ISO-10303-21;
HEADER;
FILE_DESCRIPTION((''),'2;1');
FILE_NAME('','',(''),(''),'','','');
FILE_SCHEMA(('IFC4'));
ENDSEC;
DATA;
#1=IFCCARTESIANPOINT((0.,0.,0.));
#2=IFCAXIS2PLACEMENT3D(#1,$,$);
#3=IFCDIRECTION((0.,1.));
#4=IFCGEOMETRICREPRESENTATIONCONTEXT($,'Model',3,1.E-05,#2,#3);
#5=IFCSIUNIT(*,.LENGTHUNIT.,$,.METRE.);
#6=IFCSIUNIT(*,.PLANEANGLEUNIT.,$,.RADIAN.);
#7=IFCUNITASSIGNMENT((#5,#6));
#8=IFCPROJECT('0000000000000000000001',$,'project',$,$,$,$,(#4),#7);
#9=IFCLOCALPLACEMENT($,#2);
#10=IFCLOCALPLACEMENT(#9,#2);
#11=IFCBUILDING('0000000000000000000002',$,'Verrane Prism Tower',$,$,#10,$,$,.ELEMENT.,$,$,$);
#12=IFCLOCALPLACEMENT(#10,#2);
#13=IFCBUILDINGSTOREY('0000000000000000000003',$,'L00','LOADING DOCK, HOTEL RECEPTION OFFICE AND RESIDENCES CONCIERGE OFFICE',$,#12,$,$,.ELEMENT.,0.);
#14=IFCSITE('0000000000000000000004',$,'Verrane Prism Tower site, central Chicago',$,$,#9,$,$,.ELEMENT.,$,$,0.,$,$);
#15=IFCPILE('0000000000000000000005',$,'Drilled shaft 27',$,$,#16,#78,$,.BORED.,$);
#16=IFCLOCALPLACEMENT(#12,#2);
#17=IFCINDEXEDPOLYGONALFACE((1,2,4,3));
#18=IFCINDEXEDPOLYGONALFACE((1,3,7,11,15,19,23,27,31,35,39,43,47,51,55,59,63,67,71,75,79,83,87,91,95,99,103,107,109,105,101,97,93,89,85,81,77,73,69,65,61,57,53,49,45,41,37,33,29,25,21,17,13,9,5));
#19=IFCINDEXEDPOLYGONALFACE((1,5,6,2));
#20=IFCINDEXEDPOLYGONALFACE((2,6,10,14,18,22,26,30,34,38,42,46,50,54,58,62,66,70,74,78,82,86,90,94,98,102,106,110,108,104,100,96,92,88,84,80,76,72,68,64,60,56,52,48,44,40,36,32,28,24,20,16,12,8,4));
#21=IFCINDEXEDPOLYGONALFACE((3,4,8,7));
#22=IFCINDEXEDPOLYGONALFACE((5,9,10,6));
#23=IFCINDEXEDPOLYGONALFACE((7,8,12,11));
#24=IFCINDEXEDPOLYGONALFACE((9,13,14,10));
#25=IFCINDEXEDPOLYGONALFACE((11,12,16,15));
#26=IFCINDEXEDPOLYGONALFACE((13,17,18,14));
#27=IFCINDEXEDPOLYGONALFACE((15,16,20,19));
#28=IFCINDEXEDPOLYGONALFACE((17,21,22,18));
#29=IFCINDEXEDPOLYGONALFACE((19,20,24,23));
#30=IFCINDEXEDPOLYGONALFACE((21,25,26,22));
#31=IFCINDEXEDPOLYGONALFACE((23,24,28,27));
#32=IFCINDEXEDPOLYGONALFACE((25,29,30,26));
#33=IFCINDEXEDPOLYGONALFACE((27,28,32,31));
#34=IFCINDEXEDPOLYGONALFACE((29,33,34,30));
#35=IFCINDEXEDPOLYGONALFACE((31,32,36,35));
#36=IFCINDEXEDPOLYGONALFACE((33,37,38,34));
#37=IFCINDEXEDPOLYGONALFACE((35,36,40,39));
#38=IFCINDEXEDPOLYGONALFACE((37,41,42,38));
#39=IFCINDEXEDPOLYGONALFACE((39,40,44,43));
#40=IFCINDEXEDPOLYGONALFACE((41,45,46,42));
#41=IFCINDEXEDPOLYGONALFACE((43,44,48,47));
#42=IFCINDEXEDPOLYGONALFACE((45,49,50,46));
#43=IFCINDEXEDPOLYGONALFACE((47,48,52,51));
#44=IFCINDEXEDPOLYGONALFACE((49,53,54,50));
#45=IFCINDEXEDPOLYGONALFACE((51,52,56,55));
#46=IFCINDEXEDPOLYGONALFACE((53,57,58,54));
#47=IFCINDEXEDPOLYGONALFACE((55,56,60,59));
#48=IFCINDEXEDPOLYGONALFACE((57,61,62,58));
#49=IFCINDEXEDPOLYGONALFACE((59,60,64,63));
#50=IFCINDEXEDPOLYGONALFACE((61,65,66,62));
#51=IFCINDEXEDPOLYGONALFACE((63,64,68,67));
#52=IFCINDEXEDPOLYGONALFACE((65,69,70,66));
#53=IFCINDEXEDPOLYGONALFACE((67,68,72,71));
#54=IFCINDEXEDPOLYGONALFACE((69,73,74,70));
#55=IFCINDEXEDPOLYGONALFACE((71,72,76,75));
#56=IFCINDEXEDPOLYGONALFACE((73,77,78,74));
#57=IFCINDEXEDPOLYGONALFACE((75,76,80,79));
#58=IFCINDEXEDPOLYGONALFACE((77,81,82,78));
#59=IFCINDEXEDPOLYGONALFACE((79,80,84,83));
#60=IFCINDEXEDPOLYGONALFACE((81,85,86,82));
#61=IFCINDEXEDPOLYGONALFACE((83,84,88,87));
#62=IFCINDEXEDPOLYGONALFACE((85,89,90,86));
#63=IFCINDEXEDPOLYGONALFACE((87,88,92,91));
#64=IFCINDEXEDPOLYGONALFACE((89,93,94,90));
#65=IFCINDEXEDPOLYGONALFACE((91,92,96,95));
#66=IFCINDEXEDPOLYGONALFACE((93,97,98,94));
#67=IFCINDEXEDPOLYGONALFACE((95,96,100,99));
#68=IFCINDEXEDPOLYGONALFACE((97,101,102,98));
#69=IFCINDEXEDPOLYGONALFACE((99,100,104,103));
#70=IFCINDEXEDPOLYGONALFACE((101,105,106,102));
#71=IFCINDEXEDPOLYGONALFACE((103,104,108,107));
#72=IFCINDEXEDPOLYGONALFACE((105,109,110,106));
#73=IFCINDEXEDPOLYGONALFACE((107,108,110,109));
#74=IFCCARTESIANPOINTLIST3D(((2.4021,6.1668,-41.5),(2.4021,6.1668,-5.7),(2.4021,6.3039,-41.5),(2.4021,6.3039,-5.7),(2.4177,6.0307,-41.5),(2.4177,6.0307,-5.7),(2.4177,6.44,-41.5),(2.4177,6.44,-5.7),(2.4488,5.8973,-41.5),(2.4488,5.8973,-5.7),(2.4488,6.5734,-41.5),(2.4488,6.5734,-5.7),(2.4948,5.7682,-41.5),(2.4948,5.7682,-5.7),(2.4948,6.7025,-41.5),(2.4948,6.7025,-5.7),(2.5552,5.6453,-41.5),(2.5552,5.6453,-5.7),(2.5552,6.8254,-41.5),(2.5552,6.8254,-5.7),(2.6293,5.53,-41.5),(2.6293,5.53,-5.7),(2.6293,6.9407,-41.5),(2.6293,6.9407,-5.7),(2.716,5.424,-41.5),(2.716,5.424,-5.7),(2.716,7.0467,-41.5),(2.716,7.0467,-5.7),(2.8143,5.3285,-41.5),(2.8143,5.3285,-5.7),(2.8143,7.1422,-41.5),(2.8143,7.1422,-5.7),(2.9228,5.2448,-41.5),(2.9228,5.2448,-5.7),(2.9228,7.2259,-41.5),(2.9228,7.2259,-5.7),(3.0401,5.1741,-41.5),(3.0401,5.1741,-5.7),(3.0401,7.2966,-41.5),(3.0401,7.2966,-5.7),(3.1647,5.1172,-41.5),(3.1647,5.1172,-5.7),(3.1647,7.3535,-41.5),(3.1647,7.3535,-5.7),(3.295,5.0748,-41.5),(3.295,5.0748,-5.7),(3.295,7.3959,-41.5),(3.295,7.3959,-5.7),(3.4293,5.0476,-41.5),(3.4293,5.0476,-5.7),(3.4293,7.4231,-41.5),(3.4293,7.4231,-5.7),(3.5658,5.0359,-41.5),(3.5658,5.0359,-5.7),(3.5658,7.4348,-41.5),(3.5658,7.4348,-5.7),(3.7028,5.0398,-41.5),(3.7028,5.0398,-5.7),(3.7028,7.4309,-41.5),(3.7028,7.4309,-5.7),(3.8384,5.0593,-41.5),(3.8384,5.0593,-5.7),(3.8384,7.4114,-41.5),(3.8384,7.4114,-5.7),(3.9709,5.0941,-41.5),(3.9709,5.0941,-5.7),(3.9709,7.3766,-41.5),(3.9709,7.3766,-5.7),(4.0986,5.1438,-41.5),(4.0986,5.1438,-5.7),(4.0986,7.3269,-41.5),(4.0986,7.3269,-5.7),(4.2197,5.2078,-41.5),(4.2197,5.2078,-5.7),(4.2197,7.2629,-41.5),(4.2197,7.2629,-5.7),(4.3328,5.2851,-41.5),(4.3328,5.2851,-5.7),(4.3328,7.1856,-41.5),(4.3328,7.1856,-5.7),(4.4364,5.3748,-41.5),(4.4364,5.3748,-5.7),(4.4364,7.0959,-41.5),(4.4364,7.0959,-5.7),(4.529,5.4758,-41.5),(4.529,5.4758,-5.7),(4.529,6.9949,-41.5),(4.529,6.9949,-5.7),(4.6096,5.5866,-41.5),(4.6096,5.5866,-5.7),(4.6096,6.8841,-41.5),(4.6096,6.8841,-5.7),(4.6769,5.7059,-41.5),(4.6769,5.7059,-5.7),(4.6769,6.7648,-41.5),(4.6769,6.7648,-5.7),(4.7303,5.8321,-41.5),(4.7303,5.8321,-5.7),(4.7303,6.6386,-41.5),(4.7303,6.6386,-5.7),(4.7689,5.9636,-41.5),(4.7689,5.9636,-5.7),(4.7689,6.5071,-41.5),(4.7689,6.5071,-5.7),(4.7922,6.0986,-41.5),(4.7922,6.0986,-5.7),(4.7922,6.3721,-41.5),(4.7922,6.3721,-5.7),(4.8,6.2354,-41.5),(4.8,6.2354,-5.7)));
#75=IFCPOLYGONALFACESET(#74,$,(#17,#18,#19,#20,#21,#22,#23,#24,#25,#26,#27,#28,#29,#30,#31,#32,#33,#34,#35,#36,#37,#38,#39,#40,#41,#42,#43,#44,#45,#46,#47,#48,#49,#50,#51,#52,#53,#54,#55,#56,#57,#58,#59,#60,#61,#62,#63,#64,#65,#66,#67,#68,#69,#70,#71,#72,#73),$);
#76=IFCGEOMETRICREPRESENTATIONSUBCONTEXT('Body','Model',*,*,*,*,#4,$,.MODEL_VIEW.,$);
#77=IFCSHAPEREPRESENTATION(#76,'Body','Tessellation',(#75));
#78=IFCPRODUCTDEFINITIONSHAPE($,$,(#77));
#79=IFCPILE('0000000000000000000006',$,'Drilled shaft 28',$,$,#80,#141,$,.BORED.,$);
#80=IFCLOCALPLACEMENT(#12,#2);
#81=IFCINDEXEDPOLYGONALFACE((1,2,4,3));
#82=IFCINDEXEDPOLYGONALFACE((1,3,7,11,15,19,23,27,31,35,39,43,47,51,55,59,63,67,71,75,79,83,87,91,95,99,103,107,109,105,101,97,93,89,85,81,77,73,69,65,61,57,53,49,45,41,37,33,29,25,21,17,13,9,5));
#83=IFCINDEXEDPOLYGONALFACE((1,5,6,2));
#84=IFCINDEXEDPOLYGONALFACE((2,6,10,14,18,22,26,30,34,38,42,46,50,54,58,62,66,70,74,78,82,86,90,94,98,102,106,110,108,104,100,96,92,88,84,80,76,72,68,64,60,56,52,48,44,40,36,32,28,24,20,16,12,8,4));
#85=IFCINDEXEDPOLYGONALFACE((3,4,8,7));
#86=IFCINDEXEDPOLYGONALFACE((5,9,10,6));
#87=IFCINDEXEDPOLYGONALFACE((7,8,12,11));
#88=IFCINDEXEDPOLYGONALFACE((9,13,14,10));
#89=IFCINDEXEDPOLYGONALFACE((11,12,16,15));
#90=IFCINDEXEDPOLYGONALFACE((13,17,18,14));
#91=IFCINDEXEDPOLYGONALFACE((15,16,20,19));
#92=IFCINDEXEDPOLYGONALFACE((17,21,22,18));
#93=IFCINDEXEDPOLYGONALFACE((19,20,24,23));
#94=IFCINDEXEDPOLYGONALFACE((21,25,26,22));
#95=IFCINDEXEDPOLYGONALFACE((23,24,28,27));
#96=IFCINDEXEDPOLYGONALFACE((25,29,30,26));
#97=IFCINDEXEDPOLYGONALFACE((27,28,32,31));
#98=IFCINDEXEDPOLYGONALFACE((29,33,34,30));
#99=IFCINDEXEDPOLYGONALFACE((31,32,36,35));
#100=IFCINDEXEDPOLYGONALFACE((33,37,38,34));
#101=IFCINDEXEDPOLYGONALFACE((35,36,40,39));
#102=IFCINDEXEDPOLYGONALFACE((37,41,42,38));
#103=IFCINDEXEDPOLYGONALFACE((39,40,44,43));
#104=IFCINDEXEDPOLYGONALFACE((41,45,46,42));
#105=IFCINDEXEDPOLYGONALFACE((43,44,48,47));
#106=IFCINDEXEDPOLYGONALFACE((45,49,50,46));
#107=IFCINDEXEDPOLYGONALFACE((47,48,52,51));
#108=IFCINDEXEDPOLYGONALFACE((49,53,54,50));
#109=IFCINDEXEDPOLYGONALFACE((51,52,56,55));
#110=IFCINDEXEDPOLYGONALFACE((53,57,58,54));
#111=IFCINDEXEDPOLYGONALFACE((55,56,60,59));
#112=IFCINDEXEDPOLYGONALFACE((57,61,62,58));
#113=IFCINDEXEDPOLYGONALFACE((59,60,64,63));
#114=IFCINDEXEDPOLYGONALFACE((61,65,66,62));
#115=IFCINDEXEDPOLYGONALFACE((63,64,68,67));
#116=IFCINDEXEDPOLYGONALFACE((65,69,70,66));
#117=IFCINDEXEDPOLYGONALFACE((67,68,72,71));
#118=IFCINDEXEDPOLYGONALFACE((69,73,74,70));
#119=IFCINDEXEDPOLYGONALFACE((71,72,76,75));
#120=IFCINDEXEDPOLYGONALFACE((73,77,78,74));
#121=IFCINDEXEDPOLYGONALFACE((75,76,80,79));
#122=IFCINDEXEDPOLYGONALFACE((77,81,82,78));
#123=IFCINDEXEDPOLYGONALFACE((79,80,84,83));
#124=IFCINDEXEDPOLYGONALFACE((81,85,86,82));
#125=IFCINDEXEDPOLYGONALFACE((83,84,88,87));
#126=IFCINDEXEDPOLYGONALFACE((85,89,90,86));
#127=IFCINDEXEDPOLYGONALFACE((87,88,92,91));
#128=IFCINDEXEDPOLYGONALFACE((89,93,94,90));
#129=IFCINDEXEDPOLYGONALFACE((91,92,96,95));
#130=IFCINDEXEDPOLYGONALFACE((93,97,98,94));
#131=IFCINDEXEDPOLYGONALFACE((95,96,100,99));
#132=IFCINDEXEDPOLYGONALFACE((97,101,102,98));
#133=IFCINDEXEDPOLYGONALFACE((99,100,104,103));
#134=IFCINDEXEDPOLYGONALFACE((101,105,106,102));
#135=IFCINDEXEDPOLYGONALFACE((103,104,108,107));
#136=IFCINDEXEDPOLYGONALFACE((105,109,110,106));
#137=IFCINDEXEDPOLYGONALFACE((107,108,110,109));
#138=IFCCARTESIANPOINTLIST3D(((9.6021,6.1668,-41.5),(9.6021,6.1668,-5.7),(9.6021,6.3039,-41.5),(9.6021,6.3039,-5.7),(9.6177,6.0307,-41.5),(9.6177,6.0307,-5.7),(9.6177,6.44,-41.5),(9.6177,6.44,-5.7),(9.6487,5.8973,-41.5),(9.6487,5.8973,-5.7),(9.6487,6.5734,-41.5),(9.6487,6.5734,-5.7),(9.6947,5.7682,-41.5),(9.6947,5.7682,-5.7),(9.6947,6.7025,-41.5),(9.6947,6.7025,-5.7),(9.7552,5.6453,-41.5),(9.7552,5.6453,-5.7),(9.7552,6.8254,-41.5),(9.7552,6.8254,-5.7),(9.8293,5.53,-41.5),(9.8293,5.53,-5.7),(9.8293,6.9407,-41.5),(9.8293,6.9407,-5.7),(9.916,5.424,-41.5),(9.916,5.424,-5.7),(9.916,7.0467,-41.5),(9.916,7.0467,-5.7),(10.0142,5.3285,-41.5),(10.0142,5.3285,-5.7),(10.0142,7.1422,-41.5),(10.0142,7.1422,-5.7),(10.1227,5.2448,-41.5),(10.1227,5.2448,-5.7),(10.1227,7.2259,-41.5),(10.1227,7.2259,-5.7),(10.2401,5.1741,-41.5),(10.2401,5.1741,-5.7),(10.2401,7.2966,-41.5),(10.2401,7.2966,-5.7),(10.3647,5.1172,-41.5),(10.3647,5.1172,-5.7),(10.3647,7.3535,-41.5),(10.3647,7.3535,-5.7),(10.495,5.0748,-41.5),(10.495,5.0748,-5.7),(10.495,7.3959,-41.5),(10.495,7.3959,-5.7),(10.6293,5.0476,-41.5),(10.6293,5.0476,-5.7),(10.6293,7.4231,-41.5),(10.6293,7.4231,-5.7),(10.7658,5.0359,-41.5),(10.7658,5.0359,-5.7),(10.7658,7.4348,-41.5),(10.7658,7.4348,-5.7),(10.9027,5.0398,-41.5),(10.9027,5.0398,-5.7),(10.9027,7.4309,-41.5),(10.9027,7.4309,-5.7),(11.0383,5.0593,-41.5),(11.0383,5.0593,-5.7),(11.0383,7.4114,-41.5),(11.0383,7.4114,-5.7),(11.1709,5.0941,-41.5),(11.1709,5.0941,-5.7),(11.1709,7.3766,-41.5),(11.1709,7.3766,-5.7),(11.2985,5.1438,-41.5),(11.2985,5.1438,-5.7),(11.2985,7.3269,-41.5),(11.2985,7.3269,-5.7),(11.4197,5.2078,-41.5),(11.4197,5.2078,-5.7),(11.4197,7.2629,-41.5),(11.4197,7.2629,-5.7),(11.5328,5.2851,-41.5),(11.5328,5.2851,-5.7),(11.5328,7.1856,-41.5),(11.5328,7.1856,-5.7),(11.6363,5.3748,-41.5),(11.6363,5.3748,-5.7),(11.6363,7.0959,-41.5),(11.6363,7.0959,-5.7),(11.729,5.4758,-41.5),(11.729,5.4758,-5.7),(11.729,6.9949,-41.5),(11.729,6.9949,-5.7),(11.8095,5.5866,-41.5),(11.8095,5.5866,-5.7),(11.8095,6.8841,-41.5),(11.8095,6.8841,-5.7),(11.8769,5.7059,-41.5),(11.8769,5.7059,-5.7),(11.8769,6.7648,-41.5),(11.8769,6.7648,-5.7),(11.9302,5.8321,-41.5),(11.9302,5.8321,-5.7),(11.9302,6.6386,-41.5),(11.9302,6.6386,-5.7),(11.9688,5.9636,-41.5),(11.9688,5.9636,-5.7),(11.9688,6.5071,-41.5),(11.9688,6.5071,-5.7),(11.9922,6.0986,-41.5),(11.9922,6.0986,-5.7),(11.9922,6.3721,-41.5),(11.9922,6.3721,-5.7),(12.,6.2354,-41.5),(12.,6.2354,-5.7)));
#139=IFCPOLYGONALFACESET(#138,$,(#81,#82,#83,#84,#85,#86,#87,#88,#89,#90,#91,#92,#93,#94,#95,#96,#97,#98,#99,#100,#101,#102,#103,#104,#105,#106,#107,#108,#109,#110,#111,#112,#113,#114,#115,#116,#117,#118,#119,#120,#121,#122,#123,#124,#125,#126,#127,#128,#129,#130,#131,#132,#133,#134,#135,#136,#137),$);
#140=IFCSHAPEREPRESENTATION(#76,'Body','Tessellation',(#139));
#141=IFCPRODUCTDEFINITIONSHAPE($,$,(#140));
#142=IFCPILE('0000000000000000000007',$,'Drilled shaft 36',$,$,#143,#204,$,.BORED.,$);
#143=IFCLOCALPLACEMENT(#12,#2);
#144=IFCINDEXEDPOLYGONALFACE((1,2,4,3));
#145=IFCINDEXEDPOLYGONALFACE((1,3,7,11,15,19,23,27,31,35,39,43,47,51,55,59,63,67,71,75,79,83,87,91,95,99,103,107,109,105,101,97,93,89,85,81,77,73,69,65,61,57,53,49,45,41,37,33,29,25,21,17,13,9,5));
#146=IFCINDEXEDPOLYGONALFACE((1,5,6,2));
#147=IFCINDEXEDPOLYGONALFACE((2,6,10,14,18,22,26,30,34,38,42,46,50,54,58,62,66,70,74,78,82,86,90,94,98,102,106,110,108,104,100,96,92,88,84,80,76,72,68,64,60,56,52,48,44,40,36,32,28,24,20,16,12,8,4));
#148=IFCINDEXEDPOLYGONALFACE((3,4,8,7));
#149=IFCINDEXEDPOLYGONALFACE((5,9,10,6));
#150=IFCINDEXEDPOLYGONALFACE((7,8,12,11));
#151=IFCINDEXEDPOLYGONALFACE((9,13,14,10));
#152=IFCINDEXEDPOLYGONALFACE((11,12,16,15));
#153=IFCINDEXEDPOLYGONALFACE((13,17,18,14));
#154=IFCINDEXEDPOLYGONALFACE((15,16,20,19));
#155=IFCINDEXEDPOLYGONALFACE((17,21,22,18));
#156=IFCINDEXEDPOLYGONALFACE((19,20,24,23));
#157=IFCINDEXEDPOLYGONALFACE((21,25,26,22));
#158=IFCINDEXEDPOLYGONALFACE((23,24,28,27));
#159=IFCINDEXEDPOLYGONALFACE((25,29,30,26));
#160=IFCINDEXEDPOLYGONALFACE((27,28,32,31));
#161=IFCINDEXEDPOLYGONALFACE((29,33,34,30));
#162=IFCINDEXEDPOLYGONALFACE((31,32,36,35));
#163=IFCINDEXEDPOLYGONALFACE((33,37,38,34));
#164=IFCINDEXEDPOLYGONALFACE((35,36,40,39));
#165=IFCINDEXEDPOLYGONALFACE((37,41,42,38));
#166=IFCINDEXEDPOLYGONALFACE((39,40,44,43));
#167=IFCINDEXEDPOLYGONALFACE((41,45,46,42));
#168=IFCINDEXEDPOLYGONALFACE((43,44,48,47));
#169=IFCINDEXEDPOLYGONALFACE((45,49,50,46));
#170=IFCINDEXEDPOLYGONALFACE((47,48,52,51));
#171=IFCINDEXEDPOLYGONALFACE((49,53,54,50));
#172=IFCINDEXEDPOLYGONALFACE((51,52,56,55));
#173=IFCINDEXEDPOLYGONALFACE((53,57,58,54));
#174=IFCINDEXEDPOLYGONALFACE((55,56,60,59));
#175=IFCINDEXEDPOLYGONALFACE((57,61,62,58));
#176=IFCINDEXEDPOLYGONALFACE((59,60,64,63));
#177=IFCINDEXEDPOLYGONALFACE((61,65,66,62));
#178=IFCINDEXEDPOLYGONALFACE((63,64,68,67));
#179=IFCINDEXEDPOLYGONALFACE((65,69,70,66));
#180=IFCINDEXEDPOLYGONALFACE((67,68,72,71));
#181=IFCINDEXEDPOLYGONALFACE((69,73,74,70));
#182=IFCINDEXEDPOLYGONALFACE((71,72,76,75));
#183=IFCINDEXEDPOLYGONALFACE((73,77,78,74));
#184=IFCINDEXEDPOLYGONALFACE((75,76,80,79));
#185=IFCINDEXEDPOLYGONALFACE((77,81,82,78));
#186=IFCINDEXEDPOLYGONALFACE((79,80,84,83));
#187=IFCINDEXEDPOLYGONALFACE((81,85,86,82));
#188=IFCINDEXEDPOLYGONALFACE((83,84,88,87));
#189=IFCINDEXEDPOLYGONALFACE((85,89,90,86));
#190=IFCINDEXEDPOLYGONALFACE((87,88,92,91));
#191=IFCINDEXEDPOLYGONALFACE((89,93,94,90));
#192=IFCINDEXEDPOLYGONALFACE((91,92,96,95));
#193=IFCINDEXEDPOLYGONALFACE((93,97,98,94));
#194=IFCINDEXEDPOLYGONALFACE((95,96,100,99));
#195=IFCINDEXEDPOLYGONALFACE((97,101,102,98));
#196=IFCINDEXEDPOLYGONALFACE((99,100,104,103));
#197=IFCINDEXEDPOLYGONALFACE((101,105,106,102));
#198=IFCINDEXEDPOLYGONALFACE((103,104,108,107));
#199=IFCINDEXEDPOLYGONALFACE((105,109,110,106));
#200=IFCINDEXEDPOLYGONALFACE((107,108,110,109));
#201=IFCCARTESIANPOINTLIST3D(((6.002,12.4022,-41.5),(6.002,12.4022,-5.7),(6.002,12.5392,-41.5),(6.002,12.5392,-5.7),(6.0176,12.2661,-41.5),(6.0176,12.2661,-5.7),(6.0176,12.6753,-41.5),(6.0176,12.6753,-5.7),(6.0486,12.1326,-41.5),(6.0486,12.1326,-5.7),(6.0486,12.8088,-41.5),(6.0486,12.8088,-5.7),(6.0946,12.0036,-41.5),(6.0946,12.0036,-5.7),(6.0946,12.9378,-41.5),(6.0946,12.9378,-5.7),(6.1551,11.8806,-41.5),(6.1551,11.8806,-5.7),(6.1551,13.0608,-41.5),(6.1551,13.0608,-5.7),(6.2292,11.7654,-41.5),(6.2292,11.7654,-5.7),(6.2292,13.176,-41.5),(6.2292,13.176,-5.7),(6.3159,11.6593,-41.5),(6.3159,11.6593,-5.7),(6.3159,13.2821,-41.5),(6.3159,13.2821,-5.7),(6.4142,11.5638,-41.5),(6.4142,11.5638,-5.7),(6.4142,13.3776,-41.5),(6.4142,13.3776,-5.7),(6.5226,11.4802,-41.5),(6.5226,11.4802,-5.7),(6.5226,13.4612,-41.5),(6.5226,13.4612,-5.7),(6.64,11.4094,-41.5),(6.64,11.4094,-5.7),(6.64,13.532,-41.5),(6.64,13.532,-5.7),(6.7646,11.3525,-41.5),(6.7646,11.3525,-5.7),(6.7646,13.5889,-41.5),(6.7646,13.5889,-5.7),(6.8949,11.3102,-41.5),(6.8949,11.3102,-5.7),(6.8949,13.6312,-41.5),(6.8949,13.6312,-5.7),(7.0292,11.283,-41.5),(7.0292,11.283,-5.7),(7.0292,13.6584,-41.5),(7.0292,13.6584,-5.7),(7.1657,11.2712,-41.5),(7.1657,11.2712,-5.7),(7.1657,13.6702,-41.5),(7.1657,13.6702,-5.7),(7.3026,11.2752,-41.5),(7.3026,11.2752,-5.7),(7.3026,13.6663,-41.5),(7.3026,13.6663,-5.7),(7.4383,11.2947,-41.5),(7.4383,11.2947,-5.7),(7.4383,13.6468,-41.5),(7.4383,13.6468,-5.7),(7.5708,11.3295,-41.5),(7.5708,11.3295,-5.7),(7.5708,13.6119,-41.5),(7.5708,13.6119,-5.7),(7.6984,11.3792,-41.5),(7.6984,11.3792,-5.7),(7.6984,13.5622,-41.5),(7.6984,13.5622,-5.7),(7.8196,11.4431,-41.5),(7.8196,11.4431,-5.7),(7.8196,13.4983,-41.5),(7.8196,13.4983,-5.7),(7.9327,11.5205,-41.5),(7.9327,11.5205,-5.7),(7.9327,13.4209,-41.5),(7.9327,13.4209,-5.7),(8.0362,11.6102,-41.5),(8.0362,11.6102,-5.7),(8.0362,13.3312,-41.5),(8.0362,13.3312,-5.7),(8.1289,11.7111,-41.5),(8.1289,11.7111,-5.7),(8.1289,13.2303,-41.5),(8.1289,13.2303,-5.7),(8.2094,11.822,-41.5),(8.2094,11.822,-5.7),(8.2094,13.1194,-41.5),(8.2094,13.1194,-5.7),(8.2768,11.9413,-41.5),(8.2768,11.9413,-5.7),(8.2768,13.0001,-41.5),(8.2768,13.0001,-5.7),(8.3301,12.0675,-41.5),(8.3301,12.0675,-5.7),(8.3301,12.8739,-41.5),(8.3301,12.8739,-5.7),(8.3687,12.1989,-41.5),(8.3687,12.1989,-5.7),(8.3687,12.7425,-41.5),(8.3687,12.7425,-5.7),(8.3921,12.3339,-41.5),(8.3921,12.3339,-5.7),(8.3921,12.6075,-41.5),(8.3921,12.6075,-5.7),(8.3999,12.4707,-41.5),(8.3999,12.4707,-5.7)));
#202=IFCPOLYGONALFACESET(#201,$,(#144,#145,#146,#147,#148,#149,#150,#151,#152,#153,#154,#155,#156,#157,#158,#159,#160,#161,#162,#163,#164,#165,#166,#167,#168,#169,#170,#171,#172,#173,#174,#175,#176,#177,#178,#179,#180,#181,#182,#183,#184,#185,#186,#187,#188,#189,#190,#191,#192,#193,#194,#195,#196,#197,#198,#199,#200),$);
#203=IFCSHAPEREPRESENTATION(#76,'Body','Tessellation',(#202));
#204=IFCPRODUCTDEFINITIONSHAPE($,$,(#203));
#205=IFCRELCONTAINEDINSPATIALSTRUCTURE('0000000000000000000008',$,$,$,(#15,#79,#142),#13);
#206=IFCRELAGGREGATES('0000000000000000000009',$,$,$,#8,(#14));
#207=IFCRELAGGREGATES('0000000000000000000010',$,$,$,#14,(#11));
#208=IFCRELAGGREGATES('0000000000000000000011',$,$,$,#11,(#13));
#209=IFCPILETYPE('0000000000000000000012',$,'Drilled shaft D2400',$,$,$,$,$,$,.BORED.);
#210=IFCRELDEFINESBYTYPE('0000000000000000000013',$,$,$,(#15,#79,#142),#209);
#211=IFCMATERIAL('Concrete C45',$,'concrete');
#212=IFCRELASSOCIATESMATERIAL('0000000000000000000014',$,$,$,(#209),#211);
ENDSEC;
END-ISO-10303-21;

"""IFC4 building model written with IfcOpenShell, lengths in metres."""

from ifc_helpers import new_model, si_unit, direction, frame, origin, origin_2d, place, context, subcontext, project, spatial, circle, extrude, material, type_object, element, save


model = new_model("IFC4")

# Units and contexts
model_context = context("Model", 3, precision=1e-05, world=origin(), true_north=direction((0.0, 1.0)))
body_context = subcontext(model_context, "Body", "Model", "MODEL_VIEW")
ifc_project = project(units=[si_unit("LENGTHUNIT", "METRE"), si_unit("PLANEANGLEUNIT", "RADIAN")], contexts=[model_context])

# Site, building, storey
site_placement = place(None, origin())
site = spatial("IfcSite", under=ifc_project, at=site_placement, Name="Verrane Prism Tower site, central Chicago", CompositionType="ELEMENT", RefElevation=0.0)
building_placement = place(site_placement, origin())
building = spatial("IfcBuilding", under=site, at=building_placement, Name="Verrane Prism Tower", CompositionType="ELEMENT")
storey_placement = place(building_placement, origin())
storey = spatial("IfcBuildingStorey", under=building, at=storey_placement, Name="L00", Description="LOADING DOCK, HOTEL RECEPTION OFFICE AND RESIDENCES CONCIERGE OFFICE", CompositionType="ELEMENT", Elevation=0.0)

# Piles
ifc_material_1 = material(Name="Concrete C45", Category="concrete")
pile_type = type_object("IfcPileType", Name="Drilled shaft D2400", PredefinedType="BORED", material=ifc_material_1)
for number, where, z_axis, x_axis, name in (
    (1, (3.6001, 6.2354, -5.7), (0.0, 0.0, -1.0), (1.0, 0.0, 0.0), "Drilled shaft 27"),
    (2, (10.8, 6.2354, -5.7), (0.0, 0.0, -1.0), (1.0, 0.0, 0.0), "Drilled shaft 28"),
    (3, (7.2, 12.4707, -5.7), (0.0, 0.0, -1.0), (1.0, 0.0, 0.0), "Drilled shaft 36"),
):
    element("IfcPile", number, at=place(storey_placement, frame(where, z_axis=z_axis, x_axis=x_axis)), inside=storey, type_object=pile_type, Name=name, PredefinedType="BORED", context=body_context, shape_type="SweptSolid", body=[
        extrude(circle(Radius=1.2, at=origin_2d()), origin(), (0.0, 0.0, 1.0), 35.8),
    ])

save(model, "model.ifc")
